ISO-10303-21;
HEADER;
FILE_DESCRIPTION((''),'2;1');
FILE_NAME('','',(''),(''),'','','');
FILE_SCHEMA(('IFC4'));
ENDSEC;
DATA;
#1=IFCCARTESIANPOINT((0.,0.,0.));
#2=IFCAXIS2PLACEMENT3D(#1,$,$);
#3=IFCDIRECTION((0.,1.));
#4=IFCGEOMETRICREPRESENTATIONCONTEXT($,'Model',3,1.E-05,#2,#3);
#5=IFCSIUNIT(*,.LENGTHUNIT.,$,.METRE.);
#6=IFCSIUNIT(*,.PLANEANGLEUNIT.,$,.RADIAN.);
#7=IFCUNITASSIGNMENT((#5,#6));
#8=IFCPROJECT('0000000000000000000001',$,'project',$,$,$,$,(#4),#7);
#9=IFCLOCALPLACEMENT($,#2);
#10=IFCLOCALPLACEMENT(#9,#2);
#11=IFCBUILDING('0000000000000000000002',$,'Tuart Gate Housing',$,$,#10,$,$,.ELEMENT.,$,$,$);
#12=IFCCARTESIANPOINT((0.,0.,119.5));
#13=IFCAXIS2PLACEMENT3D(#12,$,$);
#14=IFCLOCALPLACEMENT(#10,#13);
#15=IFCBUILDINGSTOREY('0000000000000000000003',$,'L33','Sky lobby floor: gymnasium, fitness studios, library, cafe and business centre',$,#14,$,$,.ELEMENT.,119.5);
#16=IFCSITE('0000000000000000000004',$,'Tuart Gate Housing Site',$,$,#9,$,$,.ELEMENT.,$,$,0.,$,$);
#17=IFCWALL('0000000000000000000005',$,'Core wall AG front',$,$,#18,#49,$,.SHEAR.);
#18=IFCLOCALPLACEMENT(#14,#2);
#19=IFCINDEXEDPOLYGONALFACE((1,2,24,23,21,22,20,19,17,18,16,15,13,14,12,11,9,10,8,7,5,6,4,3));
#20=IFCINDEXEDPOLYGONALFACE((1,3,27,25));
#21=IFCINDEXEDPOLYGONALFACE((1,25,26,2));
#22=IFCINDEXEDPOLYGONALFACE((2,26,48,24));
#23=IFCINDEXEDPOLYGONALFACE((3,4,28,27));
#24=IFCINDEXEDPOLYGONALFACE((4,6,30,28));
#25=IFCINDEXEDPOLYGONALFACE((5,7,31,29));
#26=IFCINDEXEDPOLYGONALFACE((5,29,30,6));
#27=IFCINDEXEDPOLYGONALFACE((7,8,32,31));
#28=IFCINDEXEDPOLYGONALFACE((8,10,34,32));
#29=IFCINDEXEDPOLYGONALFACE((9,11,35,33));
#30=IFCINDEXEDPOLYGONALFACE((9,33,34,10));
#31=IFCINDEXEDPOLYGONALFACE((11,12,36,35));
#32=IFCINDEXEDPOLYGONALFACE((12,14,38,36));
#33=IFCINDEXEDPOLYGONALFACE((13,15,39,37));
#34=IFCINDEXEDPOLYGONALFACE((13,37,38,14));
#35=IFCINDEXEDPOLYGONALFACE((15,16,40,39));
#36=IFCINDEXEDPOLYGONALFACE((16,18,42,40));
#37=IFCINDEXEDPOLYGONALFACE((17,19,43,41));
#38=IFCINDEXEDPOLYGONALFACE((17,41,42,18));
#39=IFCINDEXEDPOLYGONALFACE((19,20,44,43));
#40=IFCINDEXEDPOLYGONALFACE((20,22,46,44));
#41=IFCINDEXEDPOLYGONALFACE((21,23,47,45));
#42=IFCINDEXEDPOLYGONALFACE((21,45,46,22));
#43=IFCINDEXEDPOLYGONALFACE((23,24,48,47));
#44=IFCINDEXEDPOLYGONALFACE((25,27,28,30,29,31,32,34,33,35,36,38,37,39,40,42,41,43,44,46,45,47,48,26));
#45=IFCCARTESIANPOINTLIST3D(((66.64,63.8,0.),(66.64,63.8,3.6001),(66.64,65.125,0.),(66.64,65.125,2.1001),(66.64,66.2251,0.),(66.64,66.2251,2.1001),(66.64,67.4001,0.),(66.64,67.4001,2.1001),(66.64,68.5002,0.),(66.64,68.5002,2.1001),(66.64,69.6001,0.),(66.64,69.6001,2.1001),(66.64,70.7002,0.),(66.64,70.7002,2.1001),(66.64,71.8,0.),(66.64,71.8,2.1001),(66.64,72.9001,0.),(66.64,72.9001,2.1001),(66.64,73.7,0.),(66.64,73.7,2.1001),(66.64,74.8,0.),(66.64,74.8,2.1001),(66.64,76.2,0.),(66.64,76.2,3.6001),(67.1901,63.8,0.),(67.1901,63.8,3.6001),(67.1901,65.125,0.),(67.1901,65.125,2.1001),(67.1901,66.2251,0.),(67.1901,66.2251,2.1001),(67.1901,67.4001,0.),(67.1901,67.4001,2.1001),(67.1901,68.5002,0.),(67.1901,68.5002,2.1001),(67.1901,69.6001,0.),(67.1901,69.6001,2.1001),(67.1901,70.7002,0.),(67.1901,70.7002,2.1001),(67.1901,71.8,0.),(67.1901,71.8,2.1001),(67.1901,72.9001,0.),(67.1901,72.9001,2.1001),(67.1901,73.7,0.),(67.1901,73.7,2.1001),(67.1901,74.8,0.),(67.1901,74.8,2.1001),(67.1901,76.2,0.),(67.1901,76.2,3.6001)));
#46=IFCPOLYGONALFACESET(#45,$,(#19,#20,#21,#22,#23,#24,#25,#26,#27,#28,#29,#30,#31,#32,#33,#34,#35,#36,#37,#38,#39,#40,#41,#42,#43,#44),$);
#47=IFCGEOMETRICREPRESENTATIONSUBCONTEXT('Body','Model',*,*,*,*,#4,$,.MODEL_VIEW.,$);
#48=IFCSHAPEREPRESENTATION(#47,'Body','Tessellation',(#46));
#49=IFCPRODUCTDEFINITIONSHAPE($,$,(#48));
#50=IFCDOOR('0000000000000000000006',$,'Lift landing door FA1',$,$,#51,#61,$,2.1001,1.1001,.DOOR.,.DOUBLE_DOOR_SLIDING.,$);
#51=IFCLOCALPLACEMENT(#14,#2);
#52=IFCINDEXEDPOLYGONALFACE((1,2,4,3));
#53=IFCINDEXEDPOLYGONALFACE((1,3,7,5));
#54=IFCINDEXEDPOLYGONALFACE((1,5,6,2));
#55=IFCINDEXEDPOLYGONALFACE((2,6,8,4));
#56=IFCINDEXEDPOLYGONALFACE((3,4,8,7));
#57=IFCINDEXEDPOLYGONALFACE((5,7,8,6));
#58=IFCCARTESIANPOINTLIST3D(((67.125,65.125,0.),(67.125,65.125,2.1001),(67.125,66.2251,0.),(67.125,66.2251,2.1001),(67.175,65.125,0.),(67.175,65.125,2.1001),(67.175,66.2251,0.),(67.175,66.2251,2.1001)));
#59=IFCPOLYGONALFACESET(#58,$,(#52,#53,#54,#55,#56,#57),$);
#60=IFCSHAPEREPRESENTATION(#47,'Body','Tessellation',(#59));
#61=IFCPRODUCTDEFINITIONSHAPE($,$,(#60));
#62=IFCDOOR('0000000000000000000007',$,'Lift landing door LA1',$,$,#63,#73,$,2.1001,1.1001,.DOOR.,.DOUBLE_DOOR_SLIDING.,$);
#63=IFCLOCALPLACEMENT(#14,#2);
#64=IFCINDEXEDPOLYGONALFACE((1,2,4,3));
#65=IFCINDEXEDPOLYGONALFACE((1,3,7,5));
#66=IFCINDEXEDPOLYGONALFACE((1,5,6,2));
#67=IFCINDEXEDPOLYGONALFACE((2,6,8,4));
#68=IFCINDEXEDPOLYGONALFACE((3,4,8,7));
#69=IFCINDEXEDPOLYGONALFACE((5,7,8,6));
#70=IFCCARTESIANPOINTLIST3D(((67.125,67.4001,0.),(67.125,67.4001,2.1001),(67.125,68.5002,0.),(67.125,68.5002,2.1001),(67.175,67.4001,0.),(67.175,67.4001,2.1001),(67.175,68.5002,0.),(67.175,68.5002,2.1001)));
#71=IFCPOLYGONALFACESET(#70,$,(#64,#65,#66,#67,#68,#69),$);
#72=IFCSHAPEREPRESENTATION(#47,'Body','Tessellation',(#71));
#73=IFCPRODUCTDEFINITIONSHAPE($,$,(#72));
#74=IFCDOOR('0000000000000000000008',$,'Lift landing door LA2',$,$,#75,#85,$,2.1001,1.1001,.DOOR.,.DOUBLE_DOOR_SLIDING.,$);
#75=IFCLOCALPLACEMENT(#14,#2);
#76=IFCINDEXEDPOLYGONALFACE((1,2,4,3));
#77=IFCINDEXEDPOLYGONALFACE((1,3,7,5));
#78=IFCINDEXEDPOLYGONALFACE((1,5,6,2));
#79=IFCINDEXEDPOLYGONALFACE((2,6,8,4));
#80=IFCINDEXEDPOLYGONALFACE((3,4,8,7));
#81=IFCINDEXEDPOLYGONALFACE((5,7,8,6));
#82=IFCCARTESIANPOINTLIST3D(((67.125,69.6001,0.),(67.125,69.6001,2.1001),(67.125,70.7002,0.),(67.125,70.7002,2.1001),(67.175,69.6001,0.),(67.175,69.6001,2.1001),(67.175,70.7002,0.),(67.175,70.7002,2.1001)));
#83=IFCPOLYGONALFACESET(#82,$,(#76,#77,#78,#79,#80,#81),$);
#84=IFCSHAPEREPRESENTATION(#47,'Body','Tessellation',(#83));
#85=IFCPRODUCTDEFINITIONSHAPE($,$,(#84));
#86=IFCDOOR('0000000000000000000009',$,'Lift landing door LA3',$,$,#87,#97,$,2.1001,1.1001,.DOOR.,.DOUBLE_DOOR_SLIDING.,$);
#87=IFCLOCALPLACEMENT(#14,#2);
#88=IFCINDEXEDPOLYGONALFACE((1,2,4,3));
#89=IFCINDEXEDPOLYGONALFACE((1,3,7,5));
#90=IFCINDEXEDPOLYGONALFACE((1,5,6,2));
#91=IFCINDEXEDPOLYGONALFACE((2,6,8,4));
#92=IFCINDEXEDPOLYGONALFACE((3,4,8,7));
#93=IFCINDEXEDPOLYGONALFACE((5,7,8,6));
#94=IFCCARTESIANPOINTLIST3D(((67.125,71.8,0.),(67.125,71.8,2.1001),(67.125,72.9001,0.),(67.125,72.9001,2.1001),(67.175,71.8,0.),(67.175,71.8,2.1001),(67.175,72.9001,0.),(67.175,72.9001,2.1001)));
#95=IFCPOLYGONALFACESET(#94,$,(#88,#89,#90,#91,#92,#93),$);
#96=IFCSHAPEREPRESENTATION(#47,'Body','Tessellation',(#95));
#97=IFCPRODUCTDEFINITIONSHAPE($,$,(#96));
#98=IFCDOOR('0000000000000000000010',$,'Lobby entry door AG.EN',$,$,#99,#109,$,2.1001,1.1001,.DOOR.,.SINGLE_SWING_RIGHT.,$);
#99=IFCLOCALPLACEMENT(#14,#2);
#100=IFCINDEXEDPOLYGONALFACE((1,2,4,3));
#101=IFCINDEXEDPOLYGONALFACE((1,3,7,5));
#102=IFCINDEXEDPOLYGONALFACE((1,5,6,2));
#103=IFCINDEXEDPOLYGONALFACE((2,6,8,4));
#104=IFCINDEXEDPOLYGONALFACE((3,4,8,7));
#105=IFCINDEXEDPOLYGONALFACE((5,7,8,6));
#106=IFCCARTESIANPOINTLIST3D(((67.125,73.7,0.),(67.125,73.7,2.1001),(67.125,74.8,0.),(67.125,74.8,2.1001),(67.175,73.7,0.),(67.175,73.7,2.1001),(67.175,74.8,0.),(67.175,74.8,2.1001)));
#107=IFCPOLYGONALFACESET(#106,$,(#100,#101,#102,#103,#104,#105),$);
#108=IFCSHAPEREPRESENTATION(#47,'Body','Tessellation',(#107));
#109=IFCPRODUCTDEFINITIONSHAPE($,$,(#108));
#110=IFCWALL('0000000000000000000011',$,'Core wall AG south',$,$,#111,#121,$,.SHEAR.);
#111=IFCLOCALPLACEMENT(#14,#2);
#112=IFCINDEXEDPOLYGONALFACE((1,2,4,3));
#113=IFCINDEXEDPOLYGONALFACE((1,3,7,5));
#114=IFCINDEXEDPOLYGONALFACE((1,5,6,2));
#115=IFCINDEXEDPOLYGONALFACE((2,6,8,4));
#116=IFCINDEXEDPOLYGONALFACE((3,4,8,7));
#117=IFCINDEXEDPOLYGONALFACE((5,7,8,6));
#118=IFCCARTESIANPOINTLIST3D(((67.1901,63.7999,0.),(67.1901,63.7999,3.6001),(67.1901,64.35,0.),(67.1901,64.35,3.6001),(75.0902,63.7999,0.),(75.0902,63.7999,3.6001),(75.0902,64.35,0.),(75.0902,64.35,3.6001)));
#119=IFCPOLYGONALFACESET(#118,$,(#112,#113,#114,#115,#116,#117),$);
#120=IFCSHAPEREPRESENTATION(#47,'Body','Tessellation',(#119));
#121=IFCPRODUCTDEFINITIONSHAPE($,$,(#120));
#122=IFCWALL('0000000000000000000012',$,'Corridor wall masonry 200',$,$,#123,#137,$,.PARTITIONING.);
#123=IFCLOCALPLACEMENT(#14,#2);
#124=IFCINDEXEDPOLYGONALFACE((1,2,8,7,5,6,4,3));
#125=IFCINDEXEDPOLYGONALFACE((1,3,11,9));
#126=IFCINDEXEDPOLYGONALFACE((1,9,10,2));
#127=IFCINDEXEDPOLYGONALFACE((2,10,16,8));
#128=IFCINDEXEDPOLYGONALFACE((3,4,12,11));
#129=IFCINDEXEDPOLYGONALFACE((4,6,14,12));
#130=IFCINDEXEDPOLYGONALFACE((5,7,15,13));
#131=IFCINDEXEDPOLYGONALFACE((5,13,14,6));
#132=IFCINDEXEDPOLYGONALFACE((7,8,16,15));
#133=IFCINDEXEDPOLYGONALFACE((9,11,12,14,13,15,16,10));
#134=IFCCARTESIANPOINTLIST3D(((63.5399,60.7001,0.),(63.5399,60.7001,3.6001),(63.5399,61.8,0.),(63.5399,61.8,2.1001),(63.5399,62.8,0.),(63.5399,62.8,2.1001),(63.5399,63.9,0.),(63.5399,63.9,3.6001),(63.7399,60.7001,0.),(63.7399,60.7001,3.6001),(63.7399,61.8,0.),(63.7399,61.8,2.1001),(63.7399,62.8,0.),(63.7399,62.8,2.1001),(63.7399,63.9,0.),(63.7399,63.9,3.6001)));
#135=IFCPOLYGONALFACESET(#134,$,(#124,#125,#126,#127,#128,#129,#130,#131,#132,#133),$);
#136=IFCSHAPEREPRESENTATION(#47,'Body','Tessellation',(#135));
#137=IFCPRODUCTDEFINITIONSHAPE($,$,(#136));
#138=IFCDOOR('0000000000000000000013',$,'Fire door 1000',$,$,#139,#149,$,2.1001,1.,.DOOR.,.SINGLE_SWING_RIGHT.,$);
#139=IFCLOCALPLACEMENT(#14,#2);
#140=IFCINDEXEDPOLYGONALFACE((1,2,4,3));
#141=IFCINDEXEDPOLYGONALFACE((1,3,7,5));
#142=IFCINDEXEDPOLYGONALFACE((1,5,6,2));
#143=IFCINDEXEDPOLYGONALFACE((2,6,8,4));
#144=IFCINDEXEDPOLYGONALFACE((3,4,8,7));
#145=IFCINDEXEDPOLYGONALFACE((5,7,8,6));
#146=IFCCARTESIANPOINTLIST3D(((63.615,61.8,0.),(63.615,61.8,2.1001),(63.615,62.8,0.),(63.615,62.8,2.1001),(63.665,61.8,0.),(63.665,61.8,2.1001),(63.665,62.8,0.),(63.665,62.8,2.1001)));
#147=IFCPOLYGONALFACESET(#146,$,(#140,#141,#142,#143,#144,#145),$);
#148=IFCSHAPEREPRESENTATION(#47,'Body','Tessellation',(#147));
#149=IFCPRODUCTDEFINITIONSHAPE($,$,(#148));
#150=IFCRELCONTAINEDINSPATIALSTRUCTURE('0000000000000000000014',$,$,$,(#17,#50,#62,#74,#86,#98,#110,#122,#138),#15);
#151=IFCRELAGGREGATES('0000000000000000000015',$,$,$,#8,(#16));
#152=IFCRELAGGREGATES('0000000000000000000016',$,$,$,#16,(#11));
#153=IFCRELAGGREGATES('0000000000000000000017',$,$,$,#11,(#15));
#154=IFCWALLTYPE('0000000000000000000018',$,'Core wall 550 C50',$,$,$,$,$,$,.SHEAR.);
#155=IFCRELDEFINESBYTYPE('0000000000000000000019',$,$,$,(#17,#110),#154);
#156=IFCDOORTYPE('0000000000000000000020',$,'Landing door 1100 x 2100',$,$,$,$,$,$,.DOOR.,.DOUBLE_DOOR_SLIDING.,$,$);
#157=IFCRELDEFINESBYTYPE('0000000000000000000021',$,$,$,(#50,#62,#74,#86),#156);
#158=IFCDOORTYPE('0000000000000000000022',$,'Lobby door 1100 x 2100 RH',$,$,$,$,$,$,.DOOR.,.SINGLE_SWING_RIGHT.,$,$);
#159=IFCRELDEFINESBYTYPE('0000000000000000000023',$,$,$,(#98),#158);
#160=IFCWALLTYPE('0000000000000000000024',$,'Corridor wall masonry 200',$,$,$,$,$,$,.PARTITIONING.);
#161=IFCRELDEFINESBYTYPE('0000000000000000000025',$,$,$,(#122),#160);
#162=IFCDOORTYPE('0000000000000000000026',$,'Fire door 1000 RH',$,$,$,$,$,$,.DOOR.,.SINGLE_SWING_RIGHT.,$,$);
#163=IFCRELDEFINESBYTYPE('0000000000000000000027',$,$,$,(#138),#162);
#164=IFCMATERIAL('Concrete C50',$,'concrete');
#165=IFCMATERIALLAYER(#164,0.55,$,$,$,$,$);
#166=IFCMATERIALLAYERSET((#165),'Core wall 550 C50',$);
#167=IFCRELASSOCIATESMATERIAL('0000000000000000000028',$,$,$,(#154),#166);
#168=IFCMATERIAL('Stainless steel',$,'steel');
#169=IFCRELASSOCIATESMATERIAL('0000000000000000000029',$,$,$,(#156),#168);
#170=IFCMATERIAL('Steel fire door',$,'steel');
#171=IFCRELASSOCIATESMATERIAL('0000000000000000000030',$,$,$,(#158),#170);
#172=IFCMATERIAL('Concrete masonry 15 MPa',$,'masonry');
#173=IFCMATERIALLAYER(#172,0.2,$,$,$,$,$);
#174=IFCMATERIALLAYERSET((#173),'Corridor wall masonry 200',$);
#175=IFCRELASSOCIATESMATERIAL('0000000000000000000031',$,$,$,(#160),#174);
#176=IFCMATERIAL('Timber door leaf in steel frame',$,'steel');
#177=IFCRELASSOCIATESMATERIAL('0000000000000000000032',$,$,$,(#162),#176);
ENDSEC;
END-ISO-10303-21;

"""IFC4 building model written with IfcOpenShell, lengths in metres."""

from ifc_helpers import new_model, si_unit, direction, frame, frame_2d, origin, place, context, subcontext, project, spatial, rectangle, extrude, material, layer, layer_set, type_object, element, fill, save


model = new_model("IFC4")

# Units and contexts
model_context = context("Model", 3, precision=1e-05, world=origin(), true_north=direction((0.0, 1.0)))
body_context = subcontext(model_context, "Body", "Model", "MODEL_VIEW")
ifc_project = project(units=[si_unit("LENGTHUNIT", "METRE"), si_unit("PLANEANGLEUNIT", "RADIAN")], contexts=[model_context])

# Site, building, storey
site_placement = place(None, origin())
site = spatial("IfcSite", under=ifc_project, at=site_placement, Name="Tuart Gate Housing Site", CompositionType="ELEMENT", RefElevation=0.0)
building_placement = place(site_placement, origin())
building = spatial("IfcBuilding", under=site, at=building_placement, Name="Tuart Gate Housing", CompositionType="ELEMENT")
storey_placement = place(building_placement, frame((0.0, 0.0, 119.5)))
storey = spatial("IfcBuildingStorey", under=building, at=storey_placement, Name="L33", Description="Sky lobby floor: gymnasium, fitness studios, library, cafe and business centre", CompositionType="ELEMENT", Elevation=119.5)

# Wall, openings, doors
ifc_material_1 = material(Name="Concrete C50", Category="concrete")
ifc_layer_1 = layer(ifc_material_1, 0.55)
ifc_layer_set_1 = layer_set([ifc_layer_1], Name="Core wall 550 C50")
wall_type_1 = type_object("IfcWallType", Name="Core wall 550 C50", PredefinedType="SHEAR", material=ifc_layer_set_1)
wall_1_placement = place(storey_placement, frame((66.915, 63.8, 0.0), z_axis=(0.0, 0.0, 1.0), x_axis=(0.0, 1.0, 0.0)))
wall_1 = element("IfcWall", 1, at=wall_1_placement, inside=storey, type_object=wall_type_1, Name="Core wall AG front", PredefinedType="SHEAR", context=body_context, shape_type="SweptSolid", body=[
    extrude(rectangle(XDim=12.3999, YDim=0.55, at=frame_2d((6.2, 0.0))), origin(), (0.0, 0.0, 1.0), 3.6001),
])
opening_1_placement = place(wall_1_placement, frame((1.325, 0.0, 0.0)))
opening_1 = element("IfcOpeningElement", 2, at=opening_1_placement, cuts=wall_1, PredefinedType="OPENING", context=body_context, shape_type="SweptSolid", body=[
    extrude(rectangle(XDim=1.1001, YDim=2.1001, at=frame_2d((0.55, 1.05))), frame((0.0, 0.2849, 0.0), z_axis=(0.0, -1.0, 0.0), x_axis=(1.0, 0.0, 0.0)), (0.0, 0.0, 1.0), 0.5701),
])
opening_2_placement = place(wall_1_placement, frame((3.6001, 0.0, 0.0)))
opening_2 = element("IfcOpeningElement", 3, at=opening_2_placement, cuts=wall_1, PredefinedType="OPENING", context=body_context, shape_type="SweptSolid", body=[
    extrude(rectangle(XDim=1.1001, YDim=2.1001, at=frame_2d((0.55, 1.05))), frame((0.0, 0.2849, 0.0), z_axis=(0.0, -1.0, 0.0), x_axis=(1.0, 0.0, 0.0)), (0.0, 0.0, 1.0), 0.5701),
])
opening_3_placement = place(wall_1_placement, frame((5.8, 0.0, 0.0)))
opening_3 = element("IfcOpeningElement", 4, at=opening_3_placement, cuts=wall_1, PredefinedType="OPENING", context=body_context, shape_type="SweptSolid", body=[
    extrude(rectangle(XDim=1.1001, YDim=2.1001, at=frame_2d((0.55, 1.05))), frame((0.0, 0.2849, 0.0), z_axis=(0.0, -1.0, 0.0), x_axis=(1.0, 0.0, 0.0)), (0.0, 0.0, 1.0), 0.5701),
])
opening_4_placement = place(wall_1_placement, frame((8.0, 0.0, 0.0)))
opening_4 = element("IfcOpeningElement", 5, at=opening_4_placement, cuts=wall_1, PredefinedType="OPENING", context=body_context, shape_type="SweptSolid", body=[
    extrude(rectangle(XDim=1.1001, YDim=2.1001, at=frame_2d((0.55, 1.05))), frame((0.0, 0.2849, 0.0), z_axis=(0.0, -1.0, 0.0), x_axis=(1.0, 0.0, 0.0)), (0.0, 0.0, 1.0), 0.5701),
])
opening_5_placement = place(wall_1_placement, frame((9.8999, 0.0, 0.0)))
opening_5 = element("IfcOpeningElement", 6, at=opening_5_placement, cuts=wall_1, PredefinedType="OPENING", context=body_context, shape_type="SweptSolid", body=[
    extrude(rectangle(XDim=1.1001, YDim=2.1001, at=frame_2d((0.55, 1.05))), frame((0.0, 0.2849, 0.0), z_axis=(0.0, -1.0, 0.0), x_axis=(1.0, 0.0, 0.0)), (0.0, 0.0, 1.0), 0.5701),
])
ifc_material_2 = material(Name="Stainless steel", Category="steel")
door_type_1 = type_object("IfcDoorType", Name="Landing door 1100 x 2100", OperationType="DOUBLE_DOOR_SLIDING", PredefinedType="DOOR", material=ifc_material_2)
door_1_placement = place(opening_1_placement, origin())
door_1 = element("IfcDoor", 7, at=door_1_placement, inside=storey, type_object=door_type_1, Name="Lift landing door FA1", OperationType="DOUBLE_DOOR_SLIDING", OverallHeight=2.1001, OverallWidth=1.1001, PredefinedType="DOOR", context=body_context, shape_type="SweptSolid", body=[
    extrude(rectangle(XDim=1.1001, YDim=2.1001, at=frame_2d((0.55, 1.05))), frame((0.0, -0.21, 0.0), z_axis=(0.0, -1.0, 0.0), x_axis=(1.0, 0.0, 0.0)), (0.0, 0.0, 1.0), 0.05),
])
fill(opening_1, door_1)
door_2_placement = place(opening_2_placement, origin())
door_2 = element("IfcDoor", 8, at=door_2_placement, inside=storey, type_object=door_type_1, Name="Lift landing door LA1", OperationType="DOUBLE_DOOR_SLIDING", OverallHeight=2.1001, OverallWidth=1.1001, PredefinedType="DOOR", context=body_context, shape_type="SweptSolid", body=[
    extrude(rectangle(XDim=1.1001, YDim=2.1001, at=frame_2d((0.55, 1.05))), frame((0.0, -0.21, 0.0), z_axis=(0.0, -1.0, 0.0), x_axis=(1.0, 0.0, 0.0)), (0.0, 0.0, 1.0), 0.05),
])
fill(opening_2, door_2)
door_3_placement = place(opening_3_placement, origin())
door_3 = element("IfcDoor", 9, at=door_3_placement, inside=storey, type_object=door_type_1, Name="Lift landing door LA2", OperationType="DOUBLE_DOOR_SLIDING", OverallHeight=2.1001, OverallWidth=1.1001, PredefinedType="DOOR", context=body_context, shape_type="SweptSolid", body=[
    extrude(rectangle(XDim=1.1001, YDim=2.1001, at=frame_2d((0.55, 1.05))), frame((0.0, -0.21, 0.0), z_axis=(0.0, -1.0, 0.0), x_axis=(1.0, 0.0, 0.0)), (0.0, 0.0, 1.0), 0.05),
])
fill(opening_3, door_3)
door_4_placement = place(opening_4_placement, origin())
door_4 = element("IfcDoor", 10, at=door_4_placement, inside=storey, type_object=door_type_1, Name="Lift landing door LA3", OperationType="DOUBLE_DOOR_SLIDING", OverallHeight=2.1001, OverallWidth=1.1001, PredefinedType="DOOR", context=body_context, shape_type="SweptSolid", body=[
    extrude(rectangle(XDim=1.1001, YDim=2.1001, at=frame_2d((0.55, 1.05))), frame((0.0, -0.21, 0.0), z_axis=(0.0, -1.0, 0.0), x_axis=(1.0, 0.0, 0.0)), (0.0, 0.0, 1.0), 0.05),
])
fill(opening_4, door_4)
ifc_material_3 = material(Name="Steel fire door", Category="steel")
door_type_2 = type_object("IfcDoorType", Name="Lobby door 1100 x 2100 RH", OperationType="SINGLE_SWING_RIGHT", PredefinedType="DOOR", material=ifc_material_3)
door_5_placement = place(opening_5_placement, frame((1.1001, 0.0, 0.0), z_axis=(0.0, 0.0, 1.0), x_axis=(-1.0, 0.0, 0.0)))
door_5 = element("IfcDoor", 11, at=door_5_placement, inside=storey, type_object=door_type_2, Name="Lobby entry door AG.EN", OperationType="SINGLE_SWING_RIGHT", OverallHeight=2.1001, OverallWidth=1.1001, PredefinedType="DOOR", context=body_context, shape_type="SweptSolid", body=[
    extrude(rectangle(XDim=1.1001, YDim=2.1001, at=frame_2d((0.55, 1.05))), frame((0.0, 0.26, 0.0), z_axis=(0.0, -1.0, 0.0), x_axis=(1.0, 0.0, 0.0)), (0.0, 0.0, 1.0), 0.05),
])
fill(opening_5, door_5)

# Wall
wall_2_placement = place(storey_placement, frame((67.1899, 64.075, 0.0), z_axis=(0.0, 0.0, 1.0), x_axis=(1.0, 0.0, 0.0)))
element("IfcWall", 12, at=wall_2_placement, inside=storey, type_object=wall_type_1, Name="Core wall AG south", PredefinedType="SHEAR", context=body_context, shape_type="SweptSolid", body=[
    extrude(rectangle(XDim=7.9001, YDim=0.55, at=frame_2d((3.9502, 0.0))), origin(), (0.0, 0.0, 1.0), 3.6001),
])

# Wall, opening, door
ifc_material_4 = material(Name="Concrete masonry 15 MPa", Category="masonry")
ifc_layer_2 = layer(ifc_material_4, 0.2)
ifc_layer_set_2 = layer_set([ifc_layer_2], Name="Corridor wall masonry 200")
wall_type_2 = type_object("IfcWallType", Name="Corridor wall masonry 200", PredefinedType="PARTITIONING", material=ifc_layer_set_2)
wall_3_placement = place(storey_placement, frame((63.6399, 60.7, 0.0), z_axis=(0.0, 0.0, 1.0), x_axis=(0.0, 1.0, 0.0)))
wall_3 = element("IfcWall", 13, at=wall_3_placement, inside=storey, type_object=wall_type_2, Name="Corridor wall masonry 200", PredefinedType="PARTITIONING", context=body_context, shape_type="SweptSolid", body=[
    extrude(rectangle(XDim=3.2, YDim=0.2, at=frame_2d((1.6001, 0.0))), origin(), (0.0, 0.0, 1.0), 3.6001),
])
opening_6_placement = place(wall_3_placement, frame((1.1001, 0.0, 0.0)))
opening_6 = element("IfcOpeningElement", 14, at=opening_6_placement, cuts=wall_3, PredefinedType="OPENING", context=body_context, shape_type="SweptSolid", body=[
    extrude(rectangle(XDim=1.0, YDim=2.1001, at=frame_2d((0.5, 1.05))), frame((0.0, 0.1099, 0.0), z_axis=(0.0, -1.0, 0.0), x_axis=(1.0, 0.0, 0.0)), (0.0, 0.0, 1.0), 0.22),
])
ifc_material_5 = material(Name="Timber door leaf in steel frame", Category="steel")
door_type_3 = type_object("IfcDoorType", Name="Fire door 1000 RH", OperationType="SINGLE_SWING_RIGHT", PredefinedType="DOOR", material=ifc_material_5)
door_6_placement = place(opening_6_placement, frame((1.0, 0.0, 0.0), z_axis=(0.0, 0.0, 1.0), x_axis=(-1.0, 0.0, 0.0)))
door_6 = element("IfcDoor", 15, at=door_6_placement, inside=storey, type_object=door_type_3, Name="Fire door 1000", OperationType="SINGLE_SWING_RIGHT", OverallHeight=2.1001, OverallWidth=1.0, PredefinedType="DOOR", context=body_context, shape_type="SweptSolid", body=[
    extrude(rectangle(XDim=1.0, YDim=2.1001, at=frame_2d((0.5, 1.05))), frame((0.0, 0.0251, 0.0), z_axis=(0.0, -1.0, 0.0), x_axis=(1.0, 0.0, 0.0)), (0.0, 0.0, 1.0), 0.05),
])
fill(opening_6, door_6)

save(model, "model.ifc")
